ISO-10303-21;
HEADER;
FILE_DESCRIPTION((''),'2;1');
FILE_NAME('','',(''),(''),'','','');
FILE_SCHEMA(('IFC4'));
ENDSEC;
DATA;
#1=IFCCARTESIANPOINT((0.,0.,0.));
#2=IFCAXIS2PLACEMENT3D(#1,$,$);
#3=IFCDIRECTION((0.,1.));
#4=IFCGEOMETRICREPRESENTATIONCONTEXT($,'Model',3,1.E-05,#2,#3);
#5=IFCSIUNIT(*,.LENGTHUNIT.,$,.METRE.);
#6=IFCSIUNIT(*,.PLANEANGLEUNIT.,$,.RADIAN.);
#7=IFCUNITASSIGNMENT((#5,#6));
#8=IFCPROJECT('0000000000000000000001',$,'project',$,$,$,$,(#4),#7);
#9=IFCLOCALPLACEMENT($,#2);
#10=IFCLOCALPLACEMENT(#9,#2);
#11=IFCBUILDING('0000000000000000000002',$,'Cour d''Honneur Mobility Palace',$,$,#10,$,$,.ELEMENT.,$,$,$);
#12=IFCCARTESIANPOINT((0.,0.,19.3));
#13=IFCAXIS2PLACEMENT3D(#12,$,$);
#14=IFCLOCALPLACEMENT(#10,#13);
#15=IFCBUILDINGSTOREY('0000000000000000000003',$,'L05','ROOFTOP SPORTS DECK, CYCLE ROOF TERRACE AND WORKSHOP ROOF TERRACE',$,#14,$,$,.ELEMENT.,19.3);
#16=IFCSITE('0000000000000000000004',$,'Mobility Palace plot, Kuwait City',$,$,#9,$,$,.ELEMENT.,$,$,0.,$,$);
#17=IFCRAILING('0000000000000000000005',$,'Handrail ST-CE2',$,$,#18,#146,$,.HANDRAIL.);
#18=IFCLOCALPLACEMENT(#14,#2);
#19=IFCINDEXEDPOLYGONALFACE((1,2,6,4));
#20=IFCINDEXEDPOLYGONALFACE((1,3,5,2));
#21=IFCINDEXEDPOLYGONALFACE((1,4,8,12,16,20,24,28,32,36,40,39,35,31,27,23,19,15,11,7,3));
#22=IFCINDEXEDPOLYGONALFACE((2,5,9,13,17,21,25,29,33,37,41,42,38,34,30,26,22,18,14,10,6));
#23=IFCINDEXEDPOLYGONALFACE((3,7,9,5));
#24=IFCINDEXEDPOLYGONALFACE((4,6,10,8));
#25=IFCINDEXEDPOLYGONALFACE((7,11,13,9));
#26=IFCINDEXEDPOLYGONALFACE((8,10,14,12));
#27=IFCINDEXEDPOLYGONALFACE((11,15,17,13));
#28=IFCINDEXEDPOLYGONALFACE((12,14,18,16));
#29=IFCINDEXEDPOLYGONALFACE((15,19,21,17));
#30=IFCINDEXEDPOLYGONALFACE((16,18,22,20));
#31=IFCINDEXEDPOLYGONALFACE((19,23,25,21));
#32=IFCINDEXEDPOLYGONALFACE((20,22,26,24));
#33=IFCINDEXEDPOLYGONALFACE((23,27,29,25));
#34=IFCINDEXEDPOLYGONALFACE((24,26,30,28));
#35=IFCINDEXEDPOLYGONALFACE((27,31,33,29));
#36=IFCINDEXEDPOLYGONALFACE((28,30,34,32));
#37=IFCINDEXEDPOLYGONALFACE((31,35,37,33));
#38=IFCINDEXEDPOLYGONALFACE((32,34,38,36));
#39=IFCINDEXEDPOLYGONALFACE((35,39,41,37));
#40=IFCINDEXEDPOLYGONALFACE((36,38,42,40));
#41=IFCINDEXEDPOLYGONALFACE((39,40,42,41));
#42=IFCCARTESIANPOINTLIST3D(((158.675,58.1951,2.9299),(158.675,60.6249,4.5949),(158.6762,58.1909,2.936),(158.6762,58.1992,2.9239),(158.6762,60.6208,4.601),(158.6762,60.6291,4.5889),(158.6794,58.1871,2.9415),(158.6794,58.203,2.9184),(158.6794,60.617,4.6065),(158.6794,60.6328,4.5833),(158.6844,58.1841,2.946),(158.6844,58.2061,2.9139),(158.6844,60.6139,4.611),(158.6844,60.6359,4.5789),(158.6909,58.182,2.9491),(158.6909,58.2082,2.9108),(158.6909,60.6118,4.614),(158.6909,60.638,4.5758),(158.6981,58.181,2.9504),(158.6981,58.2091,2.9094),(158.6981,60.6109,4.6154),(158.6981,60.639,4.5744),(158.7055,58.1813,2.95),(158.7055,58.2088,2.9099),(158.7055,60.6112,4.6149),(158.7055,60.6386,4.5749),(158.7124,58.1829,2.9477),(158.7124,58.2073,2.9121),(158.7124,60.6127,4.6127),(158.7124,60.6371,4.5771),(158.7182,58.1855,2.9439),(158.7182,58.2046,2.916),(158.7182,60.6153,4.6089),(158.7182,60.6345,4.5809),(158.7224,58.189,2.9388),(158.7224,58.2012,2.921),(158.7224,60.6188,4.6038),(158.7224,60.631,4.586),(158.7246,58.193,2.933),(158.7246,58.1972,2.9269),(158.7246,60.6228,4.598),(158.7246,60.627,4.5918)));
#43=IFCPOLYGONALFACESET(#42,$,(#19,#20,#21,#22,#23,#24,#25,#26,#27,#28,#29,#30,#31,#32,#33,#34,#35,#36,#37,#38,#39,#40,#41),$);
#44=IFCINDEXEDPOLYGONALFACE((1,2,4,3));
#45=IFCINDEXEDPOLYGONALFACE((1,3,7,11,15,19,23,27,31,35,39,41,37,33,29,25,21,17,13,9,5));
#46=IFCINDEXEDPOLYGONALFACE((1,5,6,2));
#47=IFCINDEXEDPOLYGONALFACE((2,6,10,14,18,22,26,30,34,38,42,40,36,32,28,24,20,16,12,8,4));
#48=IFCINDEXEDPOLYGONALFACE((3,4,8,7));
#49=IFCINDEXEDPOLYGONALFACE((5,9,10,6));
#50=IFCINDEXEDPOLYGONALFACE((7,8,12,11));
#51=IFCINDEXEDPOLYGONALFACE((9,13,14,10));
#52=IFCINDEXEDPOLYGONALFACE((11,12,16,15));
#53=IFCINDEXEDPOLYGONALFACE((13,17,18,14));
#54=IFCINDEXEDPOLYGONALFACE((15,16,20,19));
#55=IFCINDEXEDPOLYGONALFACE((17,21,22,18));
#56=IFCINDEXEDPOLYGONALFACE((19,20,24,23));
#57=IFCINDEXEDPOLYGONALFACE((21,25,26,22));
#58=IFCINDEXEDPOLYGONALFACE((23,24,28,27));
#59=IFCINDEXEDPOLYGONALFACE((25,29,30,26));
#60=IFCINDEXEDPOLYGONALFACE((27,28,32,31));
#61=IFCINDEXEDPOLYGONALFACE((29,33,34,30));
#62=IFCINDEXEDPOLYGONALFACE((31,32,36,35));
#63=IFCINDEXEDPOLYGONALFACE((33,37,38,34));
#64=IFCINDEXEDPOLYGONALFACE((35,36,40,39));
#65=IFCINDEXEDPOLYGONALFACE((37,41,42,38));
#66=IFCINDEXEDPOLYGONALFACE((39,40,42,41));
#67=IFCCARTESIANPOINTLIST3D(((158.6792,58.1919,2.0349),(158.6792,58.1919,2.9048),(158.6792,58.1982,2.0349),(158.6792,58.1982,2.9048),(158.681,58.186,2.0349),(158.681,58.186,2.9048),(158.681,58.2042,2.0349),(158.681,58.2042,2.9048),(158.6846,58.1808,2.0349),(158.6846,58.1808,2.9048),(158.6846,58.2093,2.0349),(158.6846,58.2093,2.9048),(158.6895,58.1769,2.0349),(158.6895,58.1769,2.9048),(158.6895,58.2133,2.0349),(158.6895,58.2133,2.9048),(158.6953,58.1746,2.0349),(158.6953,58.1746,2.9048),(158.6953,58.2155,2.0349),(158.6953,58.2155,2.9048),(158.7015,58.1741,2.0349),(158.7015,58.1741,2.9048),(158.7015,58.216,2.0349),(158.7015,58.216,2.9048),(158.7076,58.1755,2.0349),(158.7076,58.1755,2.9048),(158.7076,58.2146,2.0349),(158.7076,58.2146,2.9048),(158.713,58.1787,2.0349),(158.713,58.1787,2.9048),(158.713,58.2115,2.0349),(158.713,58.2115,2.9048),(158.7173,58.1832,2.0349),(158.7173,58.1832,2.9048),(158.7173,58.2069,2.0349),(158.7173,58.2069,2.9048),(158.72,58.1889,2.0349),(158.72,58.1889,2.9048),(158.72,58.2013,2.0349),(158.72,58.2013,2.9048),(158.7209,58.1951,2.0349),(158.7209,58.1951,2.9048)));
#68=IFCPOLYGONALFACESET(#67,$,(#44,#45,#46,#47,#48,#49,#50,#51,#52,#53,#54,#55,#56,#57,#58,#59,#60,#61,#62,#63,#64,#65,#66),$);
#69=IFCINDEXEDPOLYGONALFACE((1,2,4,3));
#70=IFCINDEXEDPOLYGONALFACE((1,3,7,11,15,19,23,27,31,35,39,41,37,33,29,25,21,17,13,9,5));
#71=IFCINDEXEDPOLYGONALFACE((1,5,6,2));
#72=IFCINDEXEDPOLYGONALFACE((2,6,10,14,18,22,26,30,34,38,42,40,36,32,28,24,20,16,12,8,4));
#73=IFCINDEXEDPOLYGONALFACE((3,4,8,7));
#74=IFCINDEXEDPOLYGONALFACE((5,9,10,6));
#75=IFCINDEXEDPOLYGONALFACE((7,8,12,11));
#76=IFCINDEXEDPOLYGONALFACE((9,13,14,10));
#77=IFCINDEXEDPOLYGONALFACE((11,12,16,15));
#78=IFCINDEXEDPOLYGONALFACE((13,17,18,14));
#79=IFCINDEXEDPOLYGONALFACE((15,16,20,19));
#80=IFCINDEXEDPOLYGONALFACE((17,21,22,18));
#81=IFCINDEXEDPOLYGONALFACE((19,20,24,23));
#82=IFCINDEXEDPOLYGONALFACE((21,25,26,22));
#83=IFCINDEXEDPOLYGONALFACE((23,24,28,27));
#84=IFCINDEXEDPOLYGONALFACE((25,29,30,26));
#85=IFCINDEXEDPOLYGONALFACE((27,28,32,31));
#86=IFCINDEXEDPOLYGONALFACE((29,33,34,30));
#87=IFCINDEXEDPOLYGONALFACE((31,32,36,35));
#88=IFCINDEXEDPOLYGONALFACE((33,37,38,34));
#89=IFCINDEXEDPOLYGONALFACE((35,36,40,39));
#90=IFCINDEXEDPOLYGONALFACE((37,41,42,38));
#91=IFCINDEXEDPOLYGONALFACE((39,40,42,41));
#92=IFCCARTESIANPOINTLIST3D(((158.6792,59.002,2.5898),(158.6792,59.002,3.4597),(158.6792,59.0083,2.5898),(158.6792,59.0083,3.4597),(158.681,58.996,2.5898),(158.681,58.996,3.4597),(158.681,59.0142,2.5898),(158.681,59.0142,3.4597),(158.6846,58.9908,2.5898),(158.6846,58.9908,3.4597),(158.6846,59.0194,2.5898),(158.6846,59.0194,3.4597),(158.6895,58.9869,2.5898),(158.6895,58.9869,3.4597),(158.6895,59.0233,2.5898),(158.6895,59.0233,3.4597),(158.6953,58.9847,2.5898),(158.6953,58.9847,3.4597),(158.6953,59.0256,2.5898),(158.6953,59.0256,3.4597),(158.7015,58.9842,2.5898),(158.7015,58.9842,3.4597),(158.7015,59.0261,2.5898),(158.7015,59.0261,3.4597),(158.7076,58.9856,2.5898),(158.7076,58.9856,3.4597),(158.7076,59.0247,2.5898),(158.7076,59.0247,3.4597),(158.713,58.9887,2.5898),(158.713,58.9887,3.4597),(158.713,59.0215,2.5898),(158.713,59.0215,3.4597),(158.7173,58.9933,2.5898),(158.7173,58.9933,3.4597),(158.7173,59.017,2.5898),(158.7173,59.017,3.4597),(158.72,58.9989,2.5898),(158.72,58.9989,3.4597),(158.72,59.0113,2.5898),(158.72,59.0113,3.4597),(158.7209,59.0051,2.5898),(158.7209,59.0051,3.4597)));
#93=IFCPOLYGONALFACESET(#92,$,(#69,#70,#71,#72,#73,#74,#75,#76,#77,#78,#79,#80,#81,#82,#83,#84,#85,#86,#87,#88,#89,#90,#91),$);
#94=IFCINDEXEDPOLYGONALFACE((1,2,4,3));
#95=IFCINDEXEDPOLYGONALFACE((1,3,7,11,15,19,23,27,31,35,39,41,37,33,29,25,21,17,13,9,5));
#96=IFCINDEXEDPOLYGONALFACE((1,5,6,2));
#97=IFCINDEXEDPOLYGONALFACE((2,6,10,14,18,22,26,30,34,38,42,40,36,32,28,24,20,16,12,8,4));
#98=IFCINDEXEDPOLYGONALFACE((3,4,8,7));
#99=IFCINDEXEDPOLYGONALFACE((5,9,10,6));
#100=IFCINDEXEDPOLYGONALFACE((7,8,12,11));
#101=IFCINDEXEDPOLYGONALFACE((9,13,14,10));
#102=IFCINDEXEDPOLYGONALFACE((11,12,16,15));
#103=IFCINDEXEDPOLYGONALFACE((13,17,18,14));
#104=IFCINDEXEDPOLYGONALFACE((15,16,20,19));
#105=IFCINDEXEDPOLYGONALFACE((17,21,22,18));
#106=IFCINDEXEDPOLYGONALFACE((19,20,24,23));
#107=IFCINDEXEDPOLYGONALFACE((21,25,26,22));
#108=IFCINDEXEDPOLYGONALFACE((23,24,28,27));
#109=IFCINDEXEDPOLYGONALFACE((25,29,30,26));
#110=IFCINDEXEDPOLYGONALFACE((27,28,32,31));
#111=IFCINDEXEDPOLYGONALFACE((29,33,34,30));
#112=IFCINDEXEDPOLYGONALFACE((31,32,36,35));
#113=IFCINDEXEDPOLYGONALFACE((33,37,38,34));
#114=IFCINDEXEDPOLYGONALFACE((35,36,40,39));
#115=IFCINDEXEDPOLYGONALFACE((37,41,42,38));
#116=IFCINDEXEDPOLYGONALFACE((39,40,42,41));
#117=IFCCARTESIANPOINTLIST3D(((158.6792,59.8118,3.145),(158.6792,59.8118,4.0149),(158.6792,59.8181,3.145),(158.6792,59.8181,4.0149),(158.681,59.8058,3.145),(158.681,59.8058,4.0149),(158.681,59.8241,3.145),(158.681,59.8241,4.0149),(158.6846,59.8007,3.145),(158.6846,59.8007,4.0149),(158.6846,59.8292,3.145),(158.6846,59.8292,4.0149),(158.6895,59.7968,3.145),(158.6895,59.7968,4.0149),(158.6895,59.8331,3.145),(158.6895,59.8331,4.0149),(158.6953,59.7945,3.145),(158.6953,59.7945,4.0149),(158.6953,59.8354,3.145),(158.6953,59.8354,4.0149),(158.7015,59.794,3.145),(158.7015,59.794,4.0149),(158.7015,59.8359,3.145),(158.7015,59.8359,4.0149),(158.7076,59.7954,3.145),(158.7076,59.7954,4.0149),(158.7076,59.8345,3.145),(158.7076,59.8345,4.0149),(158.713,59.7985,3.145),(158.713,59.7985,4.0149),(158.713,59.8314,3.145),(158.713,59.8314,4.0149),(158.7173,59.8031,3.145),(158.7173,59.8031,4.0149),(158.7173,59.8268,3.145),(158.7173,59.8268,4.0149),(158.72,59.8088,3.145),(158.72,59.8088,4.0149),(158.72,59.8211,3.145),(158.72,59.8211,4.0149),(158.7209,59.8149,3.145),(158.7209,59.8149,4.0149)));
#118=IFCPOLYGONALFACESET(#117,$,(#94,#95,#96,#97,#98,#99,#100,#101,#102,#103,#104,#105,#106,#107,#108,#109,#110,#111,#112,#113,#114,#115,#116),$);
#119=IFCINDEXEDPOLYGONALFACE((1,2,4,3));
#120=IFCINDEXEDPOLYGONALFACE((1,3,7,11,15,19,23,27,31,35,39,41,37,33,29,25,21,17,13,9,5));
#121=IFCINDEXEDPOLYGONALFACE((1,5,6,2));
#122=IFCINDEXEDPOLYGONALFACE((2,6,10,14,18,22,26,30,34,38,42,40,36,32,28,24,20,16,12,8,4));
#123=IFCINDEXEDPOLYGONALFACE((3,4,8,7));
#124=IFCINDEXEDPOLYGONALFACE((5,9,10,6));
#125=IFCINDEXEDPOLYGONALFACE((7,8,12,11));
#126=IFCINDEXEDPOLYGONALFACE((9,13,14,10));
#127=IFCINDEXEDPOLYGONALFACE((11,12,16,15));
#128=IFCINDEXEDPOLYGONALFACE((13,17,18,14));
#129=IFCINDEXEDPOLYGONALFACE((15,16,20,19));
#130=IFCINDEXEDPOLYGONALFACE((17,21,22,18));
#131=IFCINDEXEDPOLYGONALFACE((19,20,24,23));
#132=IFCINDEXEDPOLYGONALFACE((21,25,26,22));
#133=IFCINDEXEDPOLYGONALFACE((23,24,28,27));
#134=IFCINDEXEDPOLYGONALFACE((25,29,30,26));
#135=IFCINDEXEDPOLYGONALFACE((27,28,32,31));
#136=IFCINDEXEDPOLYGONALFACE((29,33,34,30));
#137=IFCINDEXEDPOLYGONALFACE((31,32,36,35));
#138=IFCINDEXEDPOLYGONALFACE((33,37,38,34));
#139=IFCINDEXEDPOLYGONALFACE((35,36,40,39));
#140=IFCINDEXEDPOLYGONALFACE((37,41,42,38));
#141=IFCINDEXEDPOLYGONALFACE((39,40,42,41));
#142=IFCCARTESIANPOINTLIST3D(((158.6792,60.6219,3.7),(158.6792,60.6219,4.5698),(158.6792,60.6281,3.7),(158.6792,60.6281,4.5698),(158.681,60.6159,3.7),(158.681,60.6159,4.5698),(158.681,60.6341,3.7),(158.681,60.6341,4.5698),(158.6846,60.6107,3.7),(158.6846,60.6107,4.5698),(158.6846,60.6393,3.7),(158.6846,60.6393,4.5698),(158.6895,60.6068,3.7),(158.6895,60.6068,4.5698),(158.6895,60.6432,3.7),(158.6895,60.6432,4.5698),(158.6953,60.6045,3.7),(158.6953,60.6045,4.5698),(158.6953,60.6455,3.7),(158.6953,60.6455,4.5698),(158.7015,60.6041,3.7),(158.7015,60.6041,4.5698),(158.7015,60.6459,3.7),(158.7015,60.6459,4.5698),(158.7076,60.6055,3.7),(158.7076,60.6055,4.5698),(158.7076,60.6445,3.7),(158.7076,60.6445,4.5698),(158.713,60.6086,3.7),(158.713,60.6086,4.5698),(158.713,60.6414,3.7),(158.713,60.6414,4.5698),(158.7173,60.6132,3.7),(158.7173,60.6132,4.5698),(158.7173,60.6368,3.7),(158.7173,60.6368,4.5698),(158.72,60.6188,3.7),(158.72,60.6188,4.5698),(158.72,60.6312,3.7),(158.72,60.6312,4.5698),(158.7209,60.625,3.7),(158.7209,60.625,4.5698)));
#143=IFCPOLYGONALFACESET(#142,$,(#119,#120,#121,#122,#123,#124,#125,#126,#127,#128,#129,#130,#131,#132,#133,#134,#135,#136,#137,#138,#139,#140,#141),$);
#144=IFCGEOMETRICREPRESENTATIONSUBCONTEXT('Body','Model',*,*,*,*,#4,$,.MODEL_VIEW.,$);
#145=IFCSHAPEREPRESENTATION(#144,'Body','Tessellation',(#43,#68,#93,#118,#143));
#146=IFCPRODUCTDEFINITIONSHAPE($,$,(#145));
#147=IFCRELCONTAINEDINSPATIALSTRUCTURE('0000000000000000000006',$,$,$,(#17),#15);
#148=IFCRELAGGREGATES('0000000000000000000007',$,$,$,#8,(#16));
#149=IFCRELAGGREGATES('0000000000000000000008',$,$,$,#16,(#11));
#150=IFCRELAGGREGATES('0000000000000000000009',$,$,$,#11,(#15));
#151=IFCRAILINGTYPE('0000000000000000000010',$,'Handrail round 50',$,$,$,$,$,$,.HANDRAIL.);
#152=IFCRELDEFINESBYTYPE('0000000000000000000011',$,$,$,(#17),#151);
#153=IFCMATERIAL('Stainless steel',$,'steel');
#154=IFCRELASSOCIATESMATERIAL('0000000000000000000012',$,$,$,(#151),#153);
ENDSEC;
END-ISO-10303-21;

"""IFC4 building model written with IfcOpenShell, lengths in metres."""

from ifc_helpers import new_model, si_unit, direction, frame, origin, origin_2d, place, context, subcontext, project, spatial, circle, extrude, material, type_object, element, save


model = new_model("IFC4")

# Units and contexts
model_context = context("Model", 3, precision=1e-05, world=origin(), true_north=direction((0.0, 1.0)))
body_context = subcontext(model_context, "Body", "Model", "MODEL_VIEW")
ifc_project = project(units=[si_unit("LENGTHUNIT", "METRE"), si_unit("PLANEANGLEUNIT", "RADIAN")], contexts=[model_context])

# Site, building, storey
site_placement = place(None, origin())
site = spatial("IfcSite", under=ifc_project, at=site_placement, Name="Mobility Palace plot, Kuwait City", CompositionType="ELEMENT", RefElevation=0.0)
building_placement = place(site_placement, origin())
building = spatial("IfcBuilding", under=site, at=building_placement, Name="Cour d'Honneur Mobility Palace", CompositionType="ELEMENT")
storey_placement = place(building_placement, frame((0.0, 0.0, 19.3)))
storey = spatial("IfcBuildingStorey", under=building, at=storey_placement, Name="L05", Description="ROOFTOP SPORTS DECK, CYCLE ROOF TERRACE AND WORKSHOP ROOF TERRACE", CompositionType="ELEMENT", Elevation=19.3)

# Railing
ifc_material_1 = material(Name="Stainless steel", Category="steel")
railing_type_1 = type_object("IfcRailingType", Name="Handrail round 50", PredefinedType="HANDRAIL", material=ifc_material_1)
railing_1_placement = place(storey_placement, frame((158.7, 58.1951, 2.0349)))
element("IfcRailing", 1, at=railing_1_placement, inside=storey, type_object=railing_type_1, Name="Handrail ST-CE2", PredefinedType="HANDRAIL", context=body_context, shape_type="SweptSolid", body=[
    extrude(circle(Radius=0.0249, at=origin_2d()), frame((0.0, 0.0, 0.895), z_axis=(0.0, 0.824919, 0.565251), x_axis=(-1.0, 0.0, 0.0)), (0.0, 0.0, 1.0), 2.9456),
    extrude(circle(Radius=0.021, at=origin_2d()), origin(), (0.0, 0.0, 1.0), 0.8699),
    extrude(circle(Radius=0.021, at=origin_2d()), frame((0.0, 0.8101, 0.5549)), (0.0, 0.0, 1.0), 0.8699),
    extrude(circle(Radius=0.021, at=origin_2d()), frame((0.0, 1.6199, 1.1101)), (0.0, 0.0, 1.0), 0.8699),
    extrude(circle(Radius=0.021, at=origin_2d()), frame((0.0, 2.4299, 1.665)), (0.0, 0.0, 1.0), 0.8699),
])

save(model, "model.ifc")
